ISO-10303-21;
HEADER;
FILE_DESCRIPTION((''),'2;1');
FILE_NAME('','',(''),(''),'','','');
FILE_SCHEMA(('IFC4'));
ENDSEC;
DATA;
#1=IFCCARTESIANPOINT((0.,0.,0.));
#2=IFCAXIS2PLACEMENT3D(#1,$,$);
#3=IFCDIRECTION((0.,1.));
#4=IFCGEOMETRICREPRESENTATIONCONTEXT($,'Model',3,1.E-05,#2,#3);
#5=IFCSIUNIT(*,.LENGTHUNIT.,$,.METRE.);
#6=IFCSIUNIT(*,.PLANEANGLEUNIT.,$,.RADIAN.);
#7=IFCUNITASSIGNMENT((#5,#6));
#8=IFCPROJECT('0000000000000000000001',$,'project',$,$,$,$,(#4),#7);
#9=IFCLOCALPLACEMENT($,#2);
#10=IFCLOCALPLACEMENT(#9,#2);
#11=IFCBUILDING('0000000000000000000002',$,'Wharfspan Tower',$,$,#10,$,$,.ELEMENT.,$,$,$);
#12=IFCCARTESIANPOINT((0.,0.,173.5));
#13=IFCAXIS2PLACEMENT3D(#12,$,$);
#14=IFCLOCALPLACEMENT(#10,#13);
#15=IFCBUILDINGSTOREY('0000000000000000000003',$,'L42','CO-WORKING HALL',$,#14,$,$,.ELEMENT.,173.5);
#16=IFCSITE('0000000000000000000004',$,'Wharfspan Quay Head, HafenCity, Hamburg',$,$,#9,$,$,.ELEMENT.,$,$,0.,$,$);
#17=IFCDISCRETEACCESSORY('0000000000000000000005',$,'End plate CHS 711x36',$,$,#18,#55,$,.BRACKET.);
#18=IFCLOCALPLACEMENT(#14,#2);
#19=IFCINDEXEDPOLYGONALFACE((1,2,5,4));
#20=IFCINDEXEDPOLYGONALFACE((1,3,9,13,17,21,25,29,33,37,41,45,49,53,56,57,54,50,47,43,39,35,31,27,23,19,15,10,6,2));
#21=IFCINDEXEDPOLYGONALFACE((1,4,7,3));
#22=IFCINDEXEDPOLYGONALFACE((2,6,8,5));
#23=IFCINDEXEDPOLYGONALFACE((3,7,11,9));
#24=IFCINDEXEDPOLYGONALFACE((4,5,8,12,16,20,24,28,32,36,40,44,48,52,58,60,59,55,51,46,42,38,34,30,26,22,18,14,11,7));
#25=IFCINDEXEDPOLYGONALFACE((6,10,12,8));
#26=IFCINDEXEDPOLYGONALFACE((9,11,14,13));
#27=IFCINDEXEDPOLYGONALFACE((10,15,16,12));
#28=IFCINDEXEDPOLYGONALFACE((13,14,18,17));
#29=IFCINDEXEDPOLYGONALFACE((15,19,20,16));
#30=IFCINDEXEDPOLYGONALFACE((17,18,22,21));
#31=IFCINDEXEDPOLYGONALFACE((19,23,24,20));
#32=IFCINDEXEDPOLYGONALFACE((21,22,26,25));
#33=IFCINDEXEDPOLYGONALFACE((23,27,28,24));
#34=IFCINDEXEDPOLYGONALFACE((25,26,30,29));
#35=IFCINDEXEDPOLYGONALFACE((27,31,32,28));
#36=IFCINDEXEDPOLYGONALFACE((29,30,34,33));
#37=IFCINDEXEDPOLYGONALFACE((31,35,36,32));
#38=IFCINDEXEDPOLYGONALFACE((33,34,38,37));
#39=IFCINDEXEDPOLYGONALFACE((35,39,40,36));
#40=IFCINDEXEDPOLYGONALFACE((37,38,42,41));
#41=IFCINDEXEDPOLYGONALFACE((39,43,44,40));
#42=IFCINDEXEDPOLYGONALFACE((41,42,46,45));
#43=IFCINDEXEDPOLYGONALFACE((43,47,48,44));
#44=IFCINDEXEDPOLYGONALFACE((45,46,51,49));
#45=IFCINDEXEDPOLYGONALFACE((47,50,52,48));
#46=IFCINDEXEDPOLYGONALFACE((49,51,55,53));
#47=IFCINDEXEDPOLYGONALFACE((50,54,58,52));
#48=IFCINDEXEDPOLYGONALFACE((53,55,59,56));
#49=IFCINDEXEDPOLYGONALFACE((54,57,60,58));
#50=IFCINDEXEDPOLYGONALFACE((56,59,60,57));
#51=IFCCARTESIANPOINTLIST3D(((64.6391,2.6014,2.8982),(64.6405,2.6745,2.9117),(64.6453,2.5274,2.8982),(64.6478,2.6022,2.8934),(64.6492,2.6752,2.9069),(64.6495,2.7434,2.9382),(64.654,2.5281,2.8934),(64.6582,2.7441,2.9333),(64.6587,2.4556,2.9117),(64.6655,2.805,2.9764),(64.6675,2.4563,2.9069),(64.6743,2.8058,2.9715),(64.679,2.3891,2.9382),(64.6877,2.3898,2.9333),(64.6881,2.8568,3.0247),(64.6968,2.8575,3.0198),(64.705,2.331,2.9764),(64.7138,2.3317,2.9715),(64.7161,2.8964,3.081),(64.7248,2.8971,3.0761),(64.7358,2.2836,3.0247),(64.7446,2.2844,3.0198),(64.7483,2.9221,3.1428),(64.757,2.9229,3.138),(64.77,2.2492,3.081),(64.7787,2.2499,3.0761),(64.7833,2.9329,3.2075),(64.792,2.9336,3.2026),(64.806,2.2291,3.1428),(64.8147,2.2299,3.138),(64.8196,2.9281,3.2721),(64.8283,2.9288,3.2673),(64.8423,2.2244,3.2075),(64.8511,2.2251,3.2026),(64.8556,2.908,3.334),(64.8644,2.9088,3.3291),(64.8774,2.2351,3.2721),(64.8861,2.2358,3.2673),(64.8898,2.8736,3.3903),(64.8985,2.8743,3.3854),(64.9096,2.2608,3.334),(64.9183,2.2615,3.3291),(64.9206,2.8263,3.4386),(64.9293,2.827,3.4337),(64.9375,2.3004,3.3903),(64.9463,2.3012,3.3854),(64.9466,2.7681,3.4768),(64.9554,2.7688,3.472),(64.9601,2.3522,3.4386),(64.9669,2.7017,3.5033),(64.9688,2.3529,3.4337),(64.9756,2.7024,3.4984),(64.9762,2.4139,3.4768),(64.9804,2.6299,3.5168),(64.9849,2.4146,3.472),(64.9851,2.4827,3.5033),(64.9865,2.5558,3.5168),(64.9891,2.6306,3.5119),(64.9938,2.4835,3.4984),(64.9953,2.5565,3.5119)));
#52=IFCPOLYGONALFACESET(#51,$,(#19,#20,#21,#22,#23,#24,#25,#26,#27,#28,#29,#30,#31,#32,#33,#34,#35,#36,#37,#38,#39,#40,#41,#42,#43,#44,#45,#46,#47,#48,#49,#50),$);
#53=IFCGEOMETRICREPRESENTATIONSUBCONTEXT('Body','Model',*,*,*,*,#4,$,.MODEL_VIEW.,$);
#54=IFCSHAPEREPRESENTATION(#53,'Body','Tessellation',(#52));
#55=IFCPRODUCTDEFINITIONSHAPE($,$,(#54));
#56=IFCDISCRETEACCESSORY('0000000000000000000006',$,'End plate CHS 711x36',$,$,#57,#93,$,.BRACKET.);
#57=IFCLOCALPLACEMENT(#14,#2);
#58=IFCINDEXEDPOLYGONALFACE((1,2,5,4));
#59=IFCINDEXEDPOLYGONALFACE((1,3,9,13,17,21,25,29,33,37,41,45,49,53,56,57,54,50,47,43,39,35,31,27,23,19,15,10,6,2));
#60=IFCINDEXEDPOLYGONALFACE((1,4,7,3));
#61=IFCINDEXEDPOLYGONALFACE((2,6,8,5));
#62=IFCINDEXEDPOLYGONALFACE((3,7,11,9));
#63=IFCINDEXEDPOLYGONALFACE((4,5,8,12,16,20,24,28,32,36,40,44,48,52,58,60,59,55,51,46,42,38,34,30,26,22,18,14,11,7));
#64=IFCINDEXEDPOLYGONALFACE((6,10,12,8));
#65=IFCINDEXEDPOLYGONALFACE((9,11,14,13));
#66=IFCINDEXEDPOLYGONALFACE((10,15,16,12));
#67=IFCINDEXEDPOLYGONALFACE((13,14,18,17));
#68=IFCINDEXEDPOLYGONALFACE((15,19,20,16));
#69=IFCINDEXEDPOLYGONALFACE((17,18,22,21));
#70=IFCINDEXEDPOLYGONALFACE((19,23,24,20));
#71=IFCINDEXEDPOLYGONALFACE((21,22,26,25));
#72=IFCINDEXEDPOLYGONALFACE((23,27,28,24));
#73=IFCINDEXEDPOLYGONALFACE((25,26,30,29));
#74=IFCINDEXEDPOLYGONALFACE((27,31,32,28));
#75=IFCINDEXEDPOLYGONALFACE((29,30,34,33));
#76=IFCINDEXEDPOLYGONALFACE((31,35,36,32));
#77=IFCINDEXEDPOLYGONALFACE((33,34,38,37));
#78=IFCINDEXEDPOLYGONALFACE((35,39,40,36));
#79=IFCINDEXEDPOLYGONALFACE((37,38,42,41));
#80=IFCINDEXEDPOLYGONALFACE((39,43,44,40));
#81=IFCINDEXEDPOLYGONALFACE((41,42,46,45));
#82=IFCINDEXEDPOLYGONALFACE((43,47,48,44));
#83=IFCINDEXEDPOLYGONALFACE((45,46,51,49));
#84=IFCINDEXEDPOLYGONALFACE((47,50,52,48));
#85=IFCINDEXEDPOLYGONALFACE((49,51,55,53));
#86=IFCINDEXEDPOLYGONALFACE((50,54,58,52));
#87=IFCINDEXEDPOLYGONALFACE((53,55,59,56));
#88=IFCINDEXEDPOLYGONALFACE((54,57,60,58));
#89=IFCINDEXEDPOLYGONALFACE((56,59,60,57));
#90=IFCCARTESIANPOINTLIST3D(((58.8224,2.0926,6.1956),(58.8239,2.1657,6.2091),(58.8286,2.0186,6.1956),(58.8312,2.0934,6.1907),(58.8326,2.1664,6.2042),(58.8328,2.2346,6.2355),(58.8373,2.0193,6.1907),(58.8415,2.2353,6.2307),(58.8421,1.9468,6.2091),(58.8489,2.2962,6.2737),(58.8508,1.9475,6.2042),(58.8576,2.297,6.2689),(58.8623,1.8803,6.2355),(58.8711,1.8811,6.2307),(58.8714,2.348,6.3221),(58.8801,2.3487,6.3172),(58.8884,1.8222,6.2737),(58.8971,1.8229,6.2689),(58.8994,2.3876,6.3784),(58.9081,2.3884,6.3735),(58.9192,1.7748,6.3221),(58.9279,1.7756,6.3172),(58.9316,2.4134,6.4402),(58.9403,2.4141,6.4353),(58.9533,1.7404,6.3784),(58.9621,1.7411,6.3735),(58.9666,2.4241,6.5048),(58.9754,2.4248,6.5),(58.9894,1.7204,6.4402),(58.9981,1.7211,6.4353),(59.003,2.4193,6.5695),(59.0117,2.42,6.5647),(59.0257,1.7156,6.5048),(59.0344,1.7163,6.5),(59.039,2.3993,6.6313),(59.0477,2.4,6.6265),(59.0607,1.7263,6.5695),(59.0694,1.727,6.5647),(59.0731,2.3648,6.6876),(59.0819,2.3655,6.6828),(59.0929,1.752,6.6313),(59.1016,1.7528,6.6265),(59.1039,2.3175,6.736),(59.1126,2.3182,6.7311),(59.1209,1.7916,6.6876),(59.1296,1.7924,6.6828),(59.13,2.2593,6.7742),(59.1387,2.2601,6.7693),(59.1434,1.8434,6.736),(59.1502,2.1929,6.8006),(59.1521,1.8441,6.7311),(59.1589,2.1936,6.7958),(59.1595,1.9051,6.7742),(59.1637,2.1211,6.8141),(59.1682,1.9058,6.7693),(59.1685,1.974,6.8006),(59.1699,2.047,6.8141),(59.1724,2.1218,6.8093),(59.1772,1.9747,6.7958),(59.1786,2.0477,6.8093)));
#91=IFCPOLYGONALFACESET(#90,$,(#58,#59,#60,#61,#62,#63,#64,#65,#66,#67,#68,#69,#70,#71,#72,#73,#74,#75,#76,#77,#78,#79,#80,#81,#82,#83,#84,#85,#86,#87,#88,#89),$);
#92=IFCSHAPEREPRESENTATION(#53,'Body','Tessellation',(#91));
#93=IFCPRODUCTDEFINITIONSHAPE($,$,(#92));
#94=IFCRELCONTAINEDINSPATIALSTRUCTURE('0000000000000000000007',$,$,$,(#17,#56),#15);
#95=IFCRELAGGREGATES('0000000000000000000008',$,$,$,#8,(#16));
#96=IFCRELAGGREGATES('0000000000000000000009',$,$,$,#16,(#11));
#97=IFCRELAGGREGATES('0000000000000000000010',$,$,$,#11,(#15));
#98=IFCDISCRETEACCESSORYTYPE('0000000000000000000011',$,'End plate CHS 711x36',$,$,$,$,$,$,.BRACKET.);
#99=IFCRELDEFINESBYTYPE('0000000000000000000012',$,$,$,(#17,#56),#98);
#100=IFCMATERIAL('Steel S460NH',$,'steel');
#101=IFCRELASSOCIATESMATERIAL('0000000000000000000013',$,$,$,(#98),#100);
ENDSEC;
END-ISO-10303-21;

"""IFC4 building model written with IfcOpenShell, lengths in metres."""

from ifc_helpers import new_model, si_unit, direction, frame, origin, origin_2d, place, context, subcontext, project, spatial, circle, extrude, material, material_profile, profile_set, type_object, element, save


model = new_model("IFC4")

# Units and contexts
model_context = context("Model", 3, precision=1e-05, world=origin(), true_north=direction((0.0, 1.0)))
body_context = subcontext(model_context, "Body", "Model", "MODEL_VIEW")
ifc_project = project(units=[si_unit("LENGTHUNIT", "METRE"), si_unit("PLANEANGLEUNIT", "RADIAN")], contexts=[model_context])

# Site, building, storey
site_placement = place(None, origin())
site = spatial("IfcSite", under=ifc_project, at=site_placement, Name="Wharfspan Quay Head, HafenCity, Hamburg", CompositionType="ELEMENT", RefElevation=0.0)
building_placement = place(site_placement, origin())
building = spatial("IfcBuilding", under=site, at=building_placement, Name="Wharfspan Tower", CompositionType="ELEMENT")
storey_placement = place(building_placement, frame((0.0, 0.0, 173.5)))
storey = spatial("IfcBuildingStorey", under=building, at=storey_placement, Name="L42", Description="CO-WORKING HALL", CompositionType="ELEMENT", Elevation=173.5)

# Shared definitions
ifc_material_1 = material(Name="Steel S460NH", Category="steel")

# Discrete accessories
ifc_material_profile_1 = material_profile(ifc_material_1, circle(Radius=0.3555, at=origin_2d()))
ifc_profile_set_1 = profile_set([ifc_material_profile_1], Name="Steel S460NH")
discrete_accessory_type = type_object("IfcDiscreteAccessoryType", Name="End plate CHS 711x36", PredefinedType="BRACKET", material=ifc_profile_set_1)
for number, where, z_axis, x_axis, name in (
    (1, (64.8215, 2.5793, 3.2026), (-0.871847, -0.072654, 0.484359), (0.083044, -0.996547, -0.000003), "End plate CHS 711x36"),
    (2, (59.0049, 2.0706, 6.5), (-0.871847, -0.072654, 0.484359), (0.083044, -0.996547, -0.000003), "End plate CHS 711x36"),
):
    element("IfcDiscreteAccessory", number, at=place(storey_placement, frame(where, z_axis=z_axis, x_axis=x_axis)), inside=storey, type_object=discrete_accessory_type, Name=name, PredefinedType="BRACKET", context=body_context, shape_type="SweptSolid", body=[
        extrude(circle(Radius=0.3555, at=origin_2d()), origin(), (0.0, 0.0, 1.0), 0.01),
    ])

save(model, "model.ifc")
